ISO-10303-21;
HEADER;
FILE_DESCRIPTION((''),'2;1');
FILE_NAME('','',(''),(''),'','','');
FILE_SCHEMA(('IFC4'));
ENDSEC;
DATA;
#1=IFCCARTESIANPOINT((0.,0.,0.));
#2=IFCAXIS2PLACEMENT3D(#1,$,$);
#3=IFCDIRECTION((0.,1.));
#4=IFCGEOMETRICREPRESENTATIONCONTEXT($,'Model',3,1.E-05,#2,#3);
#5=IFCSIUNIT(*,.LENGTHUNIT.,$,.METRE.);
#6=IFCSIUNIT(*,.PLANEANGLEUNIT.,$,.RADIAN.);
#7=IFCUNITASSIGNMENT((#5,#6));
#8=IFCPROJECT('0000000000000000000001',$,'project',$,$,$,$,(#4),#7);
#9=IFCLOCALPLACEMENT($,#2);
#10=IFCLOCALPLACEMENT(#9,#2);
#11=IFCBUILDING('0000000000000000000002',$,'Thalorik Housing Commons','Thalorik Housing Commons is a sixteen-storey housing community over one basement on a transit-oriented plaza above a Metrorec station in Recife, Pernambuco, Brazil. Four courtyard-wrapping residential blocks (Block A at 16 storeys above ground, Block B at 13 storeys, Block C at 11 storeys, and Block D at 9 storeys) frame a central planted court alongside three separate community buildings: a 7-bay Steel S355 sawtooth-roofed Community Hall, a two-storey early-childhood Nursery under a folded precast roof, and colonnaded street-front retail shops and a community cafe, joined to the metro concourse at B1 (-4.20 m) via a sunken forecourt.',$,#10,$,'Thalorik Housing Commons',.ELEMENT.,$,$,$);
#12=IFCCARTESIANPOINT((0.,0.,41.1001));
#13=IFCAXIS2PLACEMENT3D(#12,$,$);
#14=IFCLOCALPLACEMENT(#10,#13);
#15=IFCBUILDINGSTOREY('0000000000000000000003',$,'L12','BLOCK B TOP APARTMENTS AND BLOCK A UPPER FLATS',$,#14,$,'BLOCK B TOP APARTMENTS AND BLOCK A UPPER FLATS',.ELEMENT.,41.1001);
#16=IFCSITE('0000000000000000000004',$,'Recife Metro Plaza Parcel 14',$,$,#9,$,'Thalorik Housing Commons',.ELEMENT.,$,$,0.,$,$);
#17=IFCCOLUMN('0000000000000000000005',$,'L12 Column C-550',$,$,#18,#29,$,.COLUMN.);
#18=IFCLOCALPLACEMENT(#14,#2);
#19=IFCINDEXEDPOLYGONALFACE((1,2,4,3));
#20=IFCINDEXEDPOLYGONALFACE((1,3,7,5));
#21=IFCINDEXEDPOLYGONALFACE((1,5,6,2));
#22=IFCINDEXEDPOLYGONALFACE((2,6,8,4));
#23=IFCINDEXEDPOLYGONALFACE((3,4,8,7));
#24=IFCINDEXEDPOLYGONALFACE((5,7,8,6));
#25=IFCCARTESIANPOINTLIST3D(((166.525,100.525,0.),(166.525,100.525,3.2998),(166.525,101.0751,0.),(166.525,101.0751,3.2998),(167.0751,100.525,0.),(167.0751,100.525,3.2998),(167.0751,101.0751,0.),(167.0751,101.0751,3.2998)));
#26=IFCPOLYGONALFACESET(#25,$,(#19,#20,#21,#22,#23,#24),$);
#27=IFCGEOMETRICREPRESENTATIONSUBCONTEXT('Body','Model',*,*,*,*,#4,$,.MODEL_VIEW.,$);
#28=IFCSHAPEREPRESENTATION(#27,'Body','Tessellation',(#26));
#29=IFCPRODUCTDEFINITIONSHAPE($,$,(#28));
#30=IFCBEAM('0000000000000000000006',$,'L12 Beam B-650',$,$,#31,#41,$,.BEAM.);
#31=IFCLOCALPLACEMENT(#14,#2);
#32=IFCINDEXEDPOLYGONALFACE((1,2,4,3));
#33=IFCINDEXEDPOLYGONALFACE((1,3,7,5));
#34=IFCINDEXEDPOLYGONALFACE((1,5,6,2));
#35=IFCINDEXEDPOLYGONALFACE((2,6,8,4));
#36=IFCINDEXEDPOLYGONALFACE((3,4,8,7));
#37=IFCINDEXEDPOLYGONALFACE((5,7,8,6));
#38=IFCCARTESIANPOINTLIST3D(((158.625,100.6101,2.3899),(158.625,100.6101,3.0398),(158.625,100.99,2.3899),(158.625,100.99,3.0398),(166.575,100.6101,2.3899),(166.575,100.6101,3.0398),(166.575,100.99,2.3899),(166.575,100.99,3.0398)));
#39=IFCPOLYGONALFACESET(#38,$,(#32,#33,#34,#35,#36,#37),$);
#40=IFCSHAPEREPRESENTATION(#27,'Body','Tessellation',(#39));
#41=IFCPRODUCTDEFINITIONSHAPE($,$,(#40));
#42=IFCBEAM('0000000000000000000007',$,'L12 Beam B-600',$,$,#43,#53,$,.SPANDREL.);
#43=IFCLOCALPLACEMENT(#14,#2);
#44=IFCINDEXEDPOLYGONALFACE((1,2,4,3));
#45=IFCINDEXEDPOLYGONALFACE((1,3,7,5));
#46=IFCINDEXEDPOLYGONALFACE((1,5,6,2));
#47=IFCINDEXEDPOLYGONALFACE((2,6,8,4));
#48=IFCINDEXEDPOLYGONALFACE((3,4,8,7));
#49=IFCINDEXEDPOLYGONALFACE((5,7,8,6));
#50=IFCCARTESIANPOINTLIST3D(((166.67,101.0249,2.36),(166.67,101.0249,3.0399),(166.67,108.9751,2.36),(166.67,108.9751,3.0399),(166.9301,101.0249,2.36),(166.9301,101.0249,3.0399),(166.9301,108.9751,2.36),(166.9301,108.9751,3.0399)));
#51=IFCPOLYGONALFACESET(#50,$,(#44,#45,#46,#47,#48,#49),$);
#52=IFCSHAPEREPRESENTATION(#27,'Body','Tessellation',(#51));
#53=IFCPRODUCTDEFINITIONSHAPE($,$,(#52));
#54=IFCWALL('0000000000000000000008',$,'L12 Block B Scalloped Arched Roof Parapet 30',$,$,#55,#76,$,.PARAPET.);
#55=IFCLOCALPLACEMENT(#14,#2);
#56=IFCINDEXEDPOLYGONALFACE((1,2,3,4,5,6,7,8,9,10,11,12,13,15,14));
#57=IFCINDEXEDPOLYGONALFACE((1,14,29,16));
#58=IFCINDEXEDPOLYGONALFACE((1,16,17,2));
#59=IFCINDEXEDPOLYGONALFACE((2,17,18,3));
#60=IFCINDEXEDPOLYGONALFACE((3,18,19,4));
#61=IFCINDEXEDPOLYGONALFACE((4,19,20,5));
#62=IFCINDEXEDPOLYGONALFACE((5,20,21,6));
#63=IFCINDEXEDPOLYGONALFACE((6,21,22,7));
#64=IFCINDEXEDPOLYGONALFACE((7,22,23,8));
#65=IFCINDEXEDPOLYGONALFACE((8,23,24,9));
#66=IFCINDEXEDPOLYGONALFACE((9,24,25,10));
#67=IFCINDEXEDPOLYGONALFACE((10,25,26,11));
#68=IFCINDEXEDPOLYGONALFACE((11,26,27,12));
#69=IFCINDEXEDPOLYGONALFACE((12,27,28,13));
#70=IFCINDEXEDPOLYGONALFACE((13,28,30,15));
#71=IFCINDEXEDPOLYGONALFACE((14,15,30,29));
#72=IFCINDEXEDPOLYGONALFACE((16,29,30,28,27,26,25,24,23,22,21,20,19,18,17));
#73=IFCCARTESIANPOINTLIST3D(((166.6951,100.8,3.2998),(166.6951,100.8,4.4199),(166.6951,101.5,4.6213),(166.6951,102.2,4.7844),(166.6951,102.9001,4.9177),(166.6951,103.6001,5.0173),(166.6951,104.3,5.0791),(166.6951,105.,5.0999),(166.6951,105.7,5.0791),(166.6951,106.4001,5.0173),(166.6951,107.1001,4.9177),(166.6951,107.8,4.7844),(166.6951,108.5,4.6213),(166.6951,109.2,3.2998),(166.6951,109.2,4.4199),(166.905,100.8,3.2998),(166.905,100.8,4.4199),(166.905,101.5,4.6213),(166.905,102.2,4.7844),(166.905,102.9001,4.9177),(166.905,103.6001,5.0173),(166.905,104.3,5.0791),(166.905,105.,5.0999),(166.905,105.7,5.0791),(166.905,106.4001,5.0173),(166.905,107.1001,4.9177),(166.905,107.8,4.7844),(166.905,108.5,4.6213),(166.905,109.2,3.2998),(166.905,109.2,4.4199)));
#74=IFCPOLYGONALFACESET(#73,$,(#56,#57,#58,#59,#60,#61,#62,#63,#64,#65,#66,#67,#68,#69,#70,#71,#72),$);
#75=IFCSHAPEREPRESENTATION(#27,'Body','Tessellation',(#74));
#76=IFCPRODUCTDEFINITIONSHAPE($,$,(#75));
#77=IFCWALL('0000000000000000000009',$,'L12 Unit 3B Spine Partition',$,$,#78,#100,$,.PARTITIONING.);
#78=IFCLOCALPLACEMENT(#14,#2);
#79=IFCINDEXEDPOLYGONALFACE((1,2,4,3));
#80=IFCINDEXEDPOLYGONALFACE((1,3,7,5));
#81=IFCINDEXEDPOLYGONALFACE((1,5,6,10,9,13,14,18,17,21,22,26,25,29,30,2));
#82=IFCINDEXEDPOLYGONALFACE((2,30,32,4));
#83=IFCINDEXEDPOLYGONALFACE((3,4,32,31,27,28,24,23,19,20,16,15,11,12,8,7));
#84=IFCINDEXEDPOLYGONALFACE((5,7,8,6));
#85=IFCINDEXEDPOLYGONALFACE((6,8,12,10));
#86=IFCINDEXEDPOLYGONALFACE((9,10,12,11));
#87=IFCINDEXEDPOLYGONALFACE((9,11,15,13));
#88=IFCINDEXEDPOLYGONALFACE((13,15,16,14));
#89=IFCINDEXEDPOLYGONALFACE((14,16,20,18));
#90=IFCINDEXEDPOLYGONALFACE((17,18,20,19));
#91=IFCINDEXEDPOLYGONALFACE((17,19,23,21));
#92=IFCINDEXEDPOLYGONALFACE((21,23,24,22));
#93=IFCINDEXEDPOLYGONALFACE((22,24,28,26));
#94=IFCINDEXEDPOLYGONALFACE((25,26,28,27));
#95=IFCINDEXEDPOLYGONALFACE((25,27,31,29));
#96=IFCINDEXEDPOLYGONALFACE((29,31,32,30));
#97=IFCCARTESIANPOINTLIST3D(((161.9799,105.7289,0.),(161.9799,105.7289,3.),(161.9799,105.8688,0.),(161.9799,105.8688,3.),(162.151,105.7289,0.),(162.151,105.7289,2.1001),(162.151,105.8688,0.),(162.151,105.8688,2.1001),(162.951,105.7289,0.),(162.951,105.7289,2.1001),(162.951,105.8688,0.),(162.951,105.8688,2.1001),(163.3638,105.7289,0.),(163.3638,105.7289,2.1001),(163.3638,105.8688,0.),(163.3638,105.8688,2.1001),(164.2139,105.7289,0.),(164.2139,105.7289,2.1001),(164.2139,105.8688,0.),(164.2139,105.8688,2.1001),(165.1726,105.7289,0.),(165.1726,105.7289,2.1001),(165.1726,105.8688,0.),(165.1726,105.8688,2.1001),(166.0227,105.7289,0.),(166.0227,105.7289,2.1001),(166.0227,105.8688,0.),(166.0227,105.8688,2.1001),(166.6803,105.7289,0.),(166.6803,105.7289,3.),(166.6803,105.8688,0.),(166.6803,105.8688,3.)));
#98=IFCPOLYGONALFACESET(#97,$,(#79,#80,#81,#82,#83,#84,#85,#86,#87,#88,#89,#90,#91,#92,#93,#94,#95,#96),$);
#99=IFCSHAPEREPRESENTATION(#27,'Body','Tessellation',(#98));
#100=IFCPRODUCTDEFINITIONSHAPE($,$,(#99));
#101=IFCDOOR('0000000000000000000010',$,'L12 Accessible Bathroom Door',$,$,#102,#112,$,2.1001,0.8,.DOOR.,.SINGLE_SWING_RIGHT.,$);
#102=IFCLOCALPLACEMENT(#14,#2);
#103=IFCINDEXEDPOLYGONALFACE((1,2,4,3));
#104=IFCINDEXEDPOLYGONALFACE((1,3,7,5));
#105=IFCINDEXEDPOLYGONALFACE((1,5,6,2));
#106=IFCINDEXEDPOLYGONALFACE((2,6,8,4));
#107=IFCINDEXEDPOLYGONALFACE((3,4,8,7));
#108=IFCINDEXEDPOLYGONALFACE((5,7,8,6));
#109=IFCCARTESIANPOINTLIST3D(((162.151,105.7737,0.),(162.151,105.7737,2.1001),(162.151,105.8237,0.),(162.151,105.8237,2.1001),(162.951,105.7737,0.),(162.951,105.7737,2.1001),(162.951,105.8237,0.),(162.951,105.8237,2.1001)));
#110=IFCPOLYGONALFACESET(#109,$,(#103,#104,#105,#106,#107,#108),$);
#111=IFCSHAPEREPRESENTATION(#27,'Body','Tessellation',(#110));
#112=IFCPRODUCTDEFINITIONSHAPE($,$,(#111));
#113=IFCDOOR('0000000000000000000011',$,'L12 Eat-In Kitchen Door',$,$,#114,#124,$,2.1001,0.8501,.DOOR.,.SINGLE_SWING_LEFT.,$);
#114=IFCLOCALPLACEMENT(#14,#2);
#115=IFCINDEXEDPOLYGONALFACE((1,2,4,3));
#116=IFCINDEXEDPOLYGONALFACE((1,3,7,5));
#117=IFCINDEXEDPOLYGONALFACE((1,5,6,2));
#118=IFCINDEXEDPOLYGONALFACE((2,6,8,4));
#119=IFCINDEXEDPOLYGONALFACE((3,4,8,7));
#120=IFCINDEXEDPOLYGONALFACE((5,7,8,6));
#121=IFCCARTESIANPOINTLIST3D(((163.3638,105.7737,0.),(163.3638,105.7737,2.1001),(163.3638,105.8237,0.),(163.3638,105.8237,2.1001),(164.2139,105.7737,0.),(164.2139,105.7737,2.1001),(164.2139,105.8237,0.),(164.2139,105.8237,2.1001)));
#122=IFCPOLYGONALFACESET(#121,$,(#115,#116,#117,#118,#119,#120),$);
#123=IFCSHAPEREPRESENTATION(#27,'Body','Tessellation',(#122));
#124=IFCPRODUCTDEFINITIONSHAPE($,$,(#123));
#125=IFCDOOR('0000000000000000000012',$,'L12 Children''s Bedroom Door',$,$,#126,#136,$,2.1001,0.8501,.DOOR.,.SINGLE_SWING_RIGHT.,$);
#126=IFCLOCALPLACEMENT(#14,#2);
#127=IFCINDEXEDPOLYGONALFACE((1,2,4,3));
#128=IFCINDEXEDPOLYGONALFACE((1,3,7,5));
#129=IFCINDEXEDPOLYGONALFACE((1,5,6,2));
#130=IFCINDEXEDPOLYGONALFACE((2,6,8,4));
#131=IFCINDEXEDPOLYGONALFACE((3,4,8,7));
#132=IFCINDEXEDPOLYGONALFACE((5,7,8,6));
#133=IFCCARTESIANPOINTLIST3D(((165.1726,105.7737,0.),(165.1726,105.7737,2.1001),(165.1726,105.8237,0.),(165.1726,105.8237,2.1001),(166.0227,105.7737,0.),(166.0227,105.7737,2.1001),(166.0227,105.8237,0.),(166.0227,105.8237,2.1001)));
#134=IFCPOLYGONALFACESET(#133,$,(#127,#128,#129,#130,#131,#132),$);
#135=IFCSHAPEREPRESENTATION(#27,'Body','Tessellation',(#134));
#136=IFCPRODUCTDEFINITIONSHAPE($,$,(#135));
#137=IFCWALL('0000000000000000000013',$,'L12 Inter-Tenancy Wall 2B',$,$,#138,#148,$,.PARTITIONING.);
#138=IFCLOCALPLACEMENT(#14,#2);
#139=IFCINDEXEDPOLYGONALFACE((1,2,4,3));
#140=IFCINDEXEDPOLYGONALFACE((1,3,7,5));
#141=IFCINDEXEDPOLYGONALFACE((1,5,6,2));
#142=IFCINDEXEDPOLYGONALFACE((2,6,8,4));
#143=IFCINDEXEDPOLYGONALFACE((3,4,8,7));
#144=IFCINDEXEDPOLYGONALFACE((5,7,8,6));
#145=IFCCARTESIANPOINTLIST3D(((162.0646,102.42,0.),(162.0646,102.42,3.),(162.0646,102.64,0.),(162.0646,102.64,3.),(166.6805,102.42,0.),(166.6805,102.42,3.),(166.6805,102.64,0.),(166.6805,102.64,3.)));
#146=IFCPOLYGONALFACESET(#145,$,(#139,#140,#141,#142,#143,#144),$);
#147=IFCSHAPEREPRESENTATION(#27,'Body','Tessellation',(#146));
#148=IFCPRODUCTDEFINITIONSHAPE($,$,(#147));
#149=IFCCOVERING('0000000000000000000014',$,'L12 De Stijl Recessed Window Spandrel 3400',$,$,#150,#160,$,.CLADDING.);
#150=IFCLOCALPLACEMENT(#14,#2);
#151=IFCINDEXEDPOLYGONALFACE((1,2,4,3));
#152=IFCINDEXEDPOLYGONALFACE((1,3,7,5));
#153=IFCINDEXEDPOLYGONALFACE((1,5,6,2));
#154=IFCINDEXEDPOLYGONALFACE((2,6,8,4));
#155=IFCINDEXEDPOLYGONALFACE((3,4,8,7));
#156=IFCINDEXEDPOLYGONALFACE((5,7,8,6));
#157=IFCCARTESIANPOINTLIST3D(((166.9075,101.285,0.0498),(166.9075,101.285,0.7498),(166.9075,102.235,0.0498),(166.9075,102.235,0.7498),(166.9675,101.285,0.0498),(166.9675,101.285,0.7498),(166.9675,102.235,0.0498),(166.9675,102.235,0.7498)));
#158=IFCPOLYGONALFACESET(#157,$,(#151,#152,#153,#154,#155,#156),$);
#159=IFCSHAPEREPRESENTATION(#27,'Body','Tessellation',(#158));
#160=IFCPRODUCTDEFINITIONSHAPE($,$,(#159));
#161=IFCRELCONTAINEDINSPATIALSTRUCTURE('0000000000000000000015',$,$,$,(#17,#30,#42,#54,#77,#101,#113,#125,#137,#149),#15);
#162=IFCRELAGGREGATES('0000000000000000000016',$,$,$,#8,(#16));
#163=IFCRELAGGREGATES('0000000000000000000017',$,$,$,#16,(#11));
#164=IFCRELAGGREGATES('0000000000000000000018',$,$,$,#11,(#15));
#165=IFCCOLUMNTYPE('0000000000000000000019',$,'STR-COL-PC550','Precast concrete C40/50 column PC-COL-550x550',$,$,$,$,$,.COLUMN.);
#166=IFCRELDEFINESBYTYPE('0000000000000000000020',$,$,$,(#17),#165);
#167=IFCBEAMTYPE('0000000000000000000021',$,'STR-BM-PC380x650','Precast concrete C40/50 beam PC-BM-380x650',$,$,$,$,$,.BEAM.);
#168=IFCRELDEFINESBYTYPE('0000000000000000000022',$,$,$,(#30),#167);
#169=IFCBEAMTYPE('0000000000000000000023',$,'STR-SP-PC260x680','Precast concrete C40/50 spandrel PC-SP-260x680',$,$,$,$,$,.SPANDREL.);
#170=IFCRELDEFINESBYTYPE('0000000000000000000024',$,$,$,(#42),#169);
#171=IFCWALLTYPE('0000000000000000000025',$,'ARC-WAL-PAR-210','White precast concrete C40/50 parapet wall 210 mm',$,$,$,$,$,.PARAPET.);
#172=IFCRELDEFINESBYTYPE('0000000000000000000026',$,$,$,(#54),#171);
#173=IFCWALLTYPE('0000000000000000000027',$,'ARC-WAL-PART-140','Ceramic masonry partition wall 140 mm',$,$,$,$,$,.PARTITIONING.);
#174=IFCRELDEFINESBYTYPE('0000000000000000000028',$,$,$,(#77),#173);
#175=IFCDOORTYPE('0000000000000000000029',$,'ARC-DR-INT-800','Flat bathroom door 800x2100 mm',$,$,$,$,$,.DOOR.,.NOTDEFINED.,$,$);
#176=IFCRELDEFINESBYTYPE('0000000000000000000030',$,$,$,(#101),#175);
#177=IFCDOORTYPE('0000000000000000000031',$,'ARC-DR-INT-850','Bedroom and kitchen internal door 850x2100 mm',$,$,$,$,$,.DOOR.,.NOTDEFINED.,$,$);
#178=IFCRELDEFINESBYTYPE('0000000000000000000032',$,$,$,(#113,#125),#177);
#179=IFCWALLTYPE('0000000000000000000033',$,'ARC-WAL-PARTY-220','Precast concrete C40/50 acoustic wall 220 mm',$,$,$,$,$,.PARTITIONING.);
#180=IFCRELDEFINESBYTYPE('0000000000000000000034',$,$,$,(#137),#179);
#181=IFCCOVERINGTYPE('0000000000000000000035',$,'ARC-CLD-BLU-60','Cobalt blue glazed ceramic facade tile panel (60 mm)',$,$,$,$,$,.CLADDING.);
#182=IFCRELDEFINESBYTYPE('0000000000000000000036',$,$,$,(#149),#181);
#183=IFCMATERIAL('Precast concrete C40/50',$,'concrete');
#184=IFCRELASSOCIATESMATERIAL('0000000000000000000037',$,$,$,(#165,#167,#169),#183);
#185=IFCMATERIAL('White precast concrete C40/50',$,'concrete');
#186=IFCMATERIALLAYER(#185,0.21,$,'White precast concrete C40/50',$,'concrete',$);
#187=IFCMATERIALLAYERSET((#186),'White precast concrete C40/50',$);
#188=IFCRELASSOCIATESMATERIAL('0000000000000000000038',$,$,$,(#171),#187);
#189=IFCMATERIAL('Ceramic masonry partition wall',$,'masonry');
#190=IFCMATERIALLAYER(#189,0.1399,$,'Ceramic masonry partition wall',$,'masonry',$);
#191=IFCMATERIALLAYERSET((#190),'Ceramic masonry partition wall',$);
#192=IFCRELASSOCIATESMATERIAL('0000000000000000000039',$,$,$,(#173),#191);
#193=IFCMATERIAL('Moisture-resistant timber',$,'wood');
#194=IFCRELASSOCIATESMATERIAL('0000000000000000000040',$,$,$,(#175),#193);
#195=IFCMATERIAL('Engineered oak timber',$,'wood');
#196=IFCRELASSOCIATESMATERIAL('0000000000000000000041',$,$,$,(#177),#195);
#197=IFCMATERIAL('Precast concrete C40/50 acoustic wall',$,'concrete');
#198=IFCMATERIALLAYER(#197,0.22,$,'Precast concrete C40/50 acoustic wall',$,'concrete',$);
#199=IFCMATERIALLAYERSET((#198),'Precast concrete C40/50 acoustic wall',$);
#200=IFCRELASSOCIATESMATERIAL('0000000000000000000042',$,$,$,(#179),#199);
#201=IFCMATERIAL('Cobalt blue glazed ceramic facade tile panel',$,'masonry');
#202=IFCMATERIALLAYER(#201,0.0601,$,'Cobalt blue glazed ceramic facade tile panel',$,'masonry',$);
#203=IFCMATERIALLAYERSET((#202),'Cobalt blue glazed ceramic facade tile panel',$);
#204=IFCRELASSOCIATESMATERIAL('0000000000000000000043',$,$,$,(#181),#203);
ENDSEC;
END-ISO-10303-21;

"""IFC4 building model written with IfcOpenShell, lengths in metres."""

from ifc_helpers import new_model, si_unit, direction, frame, frame_2d, origin, origin_2d, place, context, subcontext, project, spatial, polyline, rectangle, outline, extrude, material, layer, layer_set, material_profile, profile_set, type_object, element, fill, save


model = new_model("IFC4")

# Units and contexts
model_context = context("Model", 3, precision=1e-05, world=origin(), true_north=direction((0.0, 1.0)))
body_context = subcontext(model_context, "Body", "Model", "MODEL_VIEW")
ifc_project = project(units=[si_unit("LENGTHUNIT", "METRE"), si_unit("PLANEANGLEUNIT", "RADIAN")], contexts=[model_context])

# Site, building, storey
site_placement = place(None, origin())
site = spatial("IfcSite", under=ifc_project, at=site_placement, Name="Recife Metro Plaza Parcel 14", LongName="Thalorik Housing Commons", CompositionType="ELEMENT", RefElevation=0.0)
building_placement = place(site_placement, origin())
building = spatial("IfcBuilding", under=site, at=building_placement, Name="Thalorik Housing Commons", Description="Thalorik Housing Commons is a sixteen-storey housing community over one basement on a transit-oriented plaza above a Metrorec station in Recife, Pernambuco, Brazil. Four courtyard-wrapping residential blocks (Block A at 16 storeys above ground, Block B at 13 storeys, Block C at 11 storeys, and Block D at 9 storeys) frame a central planted court alongside three separate community buildings: a 7-bay Steel S355 sawtooth-roofed Community Hall, a two-storey early-childhood Nursery under a folded precast roof, and colonnaded street-front retail shops and a community cafe, joined to the metro concourse at B1 (-4.20 m) via a sunken forecourt.", LongName="Thalorik Housing Commons", CompositionType="ELEMENT")
storey_placement = place(building_placement, frame((0.0, 0.0, 41.1001)))
storey = spatial("IfcBuildingStorey", under=building, at=storey_placement, Name="L12", Description="BLOCK B TOP APARTMENTS AND BLOCK A UPPER FLATS", LongName="BLOCK B TOP APARTMENTS AND BLOCK A UPPER FLATS", CompositionType="ELEMENT", Elevation=41.1001)

# Column
ifc_material_1 = material(Name="Precast concrete C40/50", Category="concrete")
ifc_material_profile_1 = material_profile(ifc_material_1, rectangle(XDim=0.55, YDim=0.55, at=origin_2d()), Name="PC 550x550", Category="concrete")
ifc_profile_set_1 = profile_set([ifc_material_profile_1], Name="Precast concrete C40/50")
column_type = type_object("IfcColumnType", Name="STR-COL-PC550", Description="Precast concrete C40/50 column PC-COL-550x550", PredefinedType="COLUMN", material=ifc_profile_set_1)
column_placement = place(storey_placement, frame((166.8, 100.8, 0.0), z_axis=(0.0, 0.0, 1.0), x_axis=(1.0, 0.0, 0.0)))
element("IfcColumn", 1, at=column_placement, inside=storey, type_object=column_type, Name="L12 Column C-550", PredefinedType="COLUMN", context=body_context, shape_type="SweptSolid", body=[
    extrude(rectangle(XDim=0.55, YDim=0.55, at=origin_2d()), origin(), (0.0, 0.0, 1.0), 3.2998),
])

# Beams
ifc_material_profile_2 = material_profile(ifc_material_1, rectangle(XDim=0.3799, YDim=0.6499, at=origin_2d()), Name="PC 380x650", Category="concrete")
ifc_profile_set_2 = profile_set([ifc_material_profile_2], Name="Precast concrete C40/50")
beam_type_1 = type_object("IfcBeamType", Name="STR-BM-PC380x650", Description="Precast concrete C40/50 beam PC-BM-380x650", PredefinedType="BEAM", material=ifc_profile_set_2)
beam_1_placement = place(storey_placement, frame((158.625, 100.8, 2.7148), z_axis=(1.0, 0.0, 0.0), x_axis=(0.0, 1.0, 0.0)))
element("IfcBeam", 2, at=beam_1_placement, inside=storey, type_object=beam_type_1, Name="L12 Beam B-650", PredefinedType="BEAM", context=body_context, shape_type="SweptSolid", body=[
    extrude(rectangle(XDim=0.3799, YDim=0.6499, at=origin_2d()), origin(), (0.0, 0.0, 1.0), 7.95),
])
ifc_material_profile_3 = material_profile(ifc_material_1, rectangle(XDim=0.26, YDim=0.6799, at=origin_2d()), Name="PC SP 260x680", Category="concrete")
ifc_profile_set_3 = profile_set([ifc_material_profile_3], Name="Precast concrete C40/50")
beam_type_2 = type_object("IfcBeamType", Name="STR-SP-PC260x680", Description="Precast concrete C40/50 spandrel PC-SP-260x680", PredefinedType="SPANDREL", material=ifc_profile_set_3)
beam_2_placement = place(storey_placement, frame((166.8, 101.0249, 2.7), z_axis=(0.0, 1.0, 0.0), x_axis=(-1.0, 0.0, 0.0)))
element("IfcBeam", 3, at=beam_2_placement, inside=storey, type_object=beam_type_2, Name="L12 Beam B-600", PredefinedType="SPANDREL", context=body_context, shape_type="SweptSolid", body=[
    extrude(rectangle(XDim=0.26, YDim=0.6799, at=origin_2d()), origin(), (0.0, 0.0, 1.0), 7.9502),
])

# Shared definitions
ifc_material_2 = material(Name="White precast concrete C40/50", Category="concrete")

# Wall
ifc_layer_1 = layer(ifc_material_2, 0.21, Name="White precast concrete C40/50", Category="concrete")
ifc_layer_set_1 = layer_set([ifc_layer_1], Name="White precast concrete C40/50")
wall_type_1 = type_object("IfcWallType", Name="ARC-WAL-PAR-210", Description="White precast concrete C40/50 parapet wall 210 mm", PredefinedType="PARAPET", material=ifc_layer_set_1)
wall_1_placement = place(storey_placement, frame((166.8, 100.8, 3.2998), z_axis=(0.0, 0.0, 1.0), x_axis=(0.0, 1.0, 0.0)))
element("IfcWall", 4, at=wall_1_placement, inside=storey, type_object=wall_type_1, Name="L12 Block B Scalloped Arched Roof Parapet 30", PredefinedType="PARAPET", context=body_context, shape_type="SweptSolid", body=[
    extrude(outline(polyline([(0.0, 0.0), (8.3999, 0.0), (8.3999, 1.1201), (7.7, 1.3215), (7.0, 1.4846), (6.3, 1.6179), (5.6001, 1.7175), (4.8999, 1.7793), (4.2, 1.8), (3.5, 1.7793), (2.8, 1.7175), (2.1001, 1.6179), (1.3999, 1.4846), (0.7, 1.3215), (0.0, 1.1201), (0.0, 0.0)])), frame((0.0, 0.105, 0.0), z_axis=(0.0, -1.0, 0.0), x_axis=(1.0, 0.0, 0.0)), (0.0, 0.0, 1.0), 0.21),
])

# Wall, openings, doors
ifc_material_3 = material(Name="Ceramic masonry partition wall", Category="masonry")
ifc_layer_2 = layer(ifc_material_3, 0.1399, Name="Ceramic masonry partition wall", Category="masonry")
ifc_layer_set_2 = layer_set([ifc_layer_2], Name="Ceramic masonry partition wall")
wall_type_2 = type_object("IfcWallType", Name="ARC-WAL-PART-140", Description="Ceramic masonry partition wall 140 mm", PredefinedType="PARTITIONING", material=ifc_layer_set_2)
wall_2_placement = place(storey_placement, frame((161.98, 105.7988, 0.0), z_axis=(0.0, 0.0, 1.0), x_axis=(1.0, 0.0, 0.0)))
wall_2 = element("IfcWall", 5, at=wall_2_placement, inside=storey, type_object=wall_type_2, Name="L12 Unit 3B Spine Partition", PredefinedType="PARTITIONING", context=body_context, shape_type="SweptSolid", body=[
    extrude(rectangle(XDim=4.7004, YDim=0.1399, at=frame_2d((2.3501, 0.0))), origin(), (0.0, 0.0, 1.0), 3.0),
])
opening_1_placement = place(wall_2_placement, frame((0.1711, 0.0, 0.0)))
opening_1 = element("IfcOpeningElement", 6, at=opening_1_placement, cuts=wall_2, PredefinedType="OPENING", context=body_context, shape_type="SweptSolid", body=[
    extrude(rectangle(XDim=0.8, YDim=2.1001, at=frame_2d((0.3999, 1.05))), frame((0.0, 0.0801, 0.0), z_axis=(0.0, -1.0, 0.0), x_axis=(1.0, 0.0, 0.0)), (0.0, 0.0, 1.0), 0.1599),
])
opening_2_placement = place(wall_2_placement, frame((1.3838, 0.0, 0.0)))
opening_2 = element("IfcOpeningElement", 7, at=opening_2_placement, cuts=wall_2, PredefinedType="OPENING", context=body_context, shape_type="SweptSolid", body=[
    extrude(rectangle(XDim=0.8501, YDim=2.1001, at=frame_2d((0.425, 1.05))), frame((0.0, 0.0801, 0.0), z_axis=(0.0, -1.0, 0.0), x_axis=(1.0, 0.0, 0.0)), (0.0, 0.0, 1.0), 0.1599),
])
opening_3_placement = place(wall_2_placement, frame((3.1926, 0.0, 0.0)))
opening_3 = element("IfcOpeningElement", 8, at=opening_3_placement, cuts=wall_2, PredefinedType="OPENING", context=body_context, shape_type="SweptSolid", body=[
    extrude(rectangle(XDim=0.8501, YDim=2.1001, at=frame_2d((0.425, 1.05))), frame((0.0, 0.0801, 0.0), z_axis=(0.0, -1.0, 0.0), x_axis=(1.0, 0.0, 0.0)), (0.0, 0.0, 1.0), 0.1599),
])
ifc_material_4 = material(Name="Moisture-resistant timber", Category="wood")
door_type_1 = type_object("IfcDoorType", Name="ARC-DR-INT-800", Description="Flat bathroom door 800x2100 mm", OperationType="NOTDEFINED", PredefinedType="DOOR", material=ifc_material_4)
door_1_placement = place(opening_1_placement, origin())
door_1 = element("IfcDoor", 9, at=door_1_placement, inside=storey, type_object=door_type_1, Name="L12 Accessible Bathroom Door", OperationType="SINGLE_SWING_RIGHT", OverallHeight=2.1001, OverallWidth=0.8, PredefinedType="DOOR", context=body_context, shape_type="SweptSolid", body=[
    extrude(rectangle(XDim=0.8, YDim=2.1001, at=frame_2d((0.3999, 1.05))), frame((0.0, 0.0249, 0.0), z_axis=(0.0, -1.0, 0.0), x_axis=(1.0, 0.0, 0.0)), (0.0, 0.0, 1.0), 0.05),
])
fill(opening_1, door_1)
ifc_material_5 = material(Name="Engineered oak timber", Category="wood")
door_type_2 = type_object("IfcDoorType", Name="ARC-DR-INT-850", Description="Bedroom and kitchen internal door 850x2100 mm", OperationType="NOTDEFINED", PredefinedType="DOOR", material=ifc_material_5)
door_2_placement = place(opening_2_placement, origin())
door_2 = element("IfcDoor", 10, at=door_2_placement, inside=storey, type_object=door_type_2, Name="L12 Eat-In Kitchen Door", OperationType="SINGLE_SWING_LEFT", OverallHeight=2.1001, OverallWidth=0.8501, PredefinedType="DOOR", context=body_context, shape_type="SweptSolid", body=[
    extrude(rectangle(XDim=0.8501, YDim=2.1001, at=frame_2d((0.425, 1.05))), frame((0.0, 0.0249, 0.0), z_axis=(0.0, -1.0, 0.0), x_axis=(1.0, 0.0, 0.0)), (0.0, 0.0, 1.0), 0.05),
])
fill(opening_2, door_2)
door_3_placement = place(opening_3_placement, origin())
door_3 = element("IfcDoor", 11, at=door_3_placement, inside=storey, type_object=door_type_2, Name="L12 Children's Bedroom Door", OperationType="SINGLE_SWING_RIGHT", OverallHeight=2.1001, OverallWidth=0.8501, PredefinedType="DOOR", context=body_context, shape_type="SweptSolid", body=[
    extrude(rectangle(XDim=0.8501, YDim=2.1001, at=frame_2d((0.425, 1.05))), frame((0.0, 0.0249, 0.0), z_axis=(0.0, -1.0, 0.0), x_axis=(1.0, 0.0, 0.0)), (0.0, 0.0, 1.0), 0.05),
])
fill(opening_3, door_3)

# Wall
ifc_material_6 = material(Name="Precast concrete C40/50 acoustic wall", Category="concrete")
ifc_layer_3 = layer(ifc_material_6, 0.22, Name="Precast concrete C40/50 acoustic wall", Category="concrete")
ifc_layer_set_3 = layer_set([ifc_layer_3], Name="Precast concrete C40/50 acoustic wall")
wall_type_3 = type_object("IfcWallType", Name="ARC-WAL-PARTY-220", Description="Precast concrete C40/50 acoustic wall 220 mm", PredefinedType="PARTITIONING", material=ifc_layer_set_3)
wall_3_placement = place(storey_placement, frame((162.0645, 102.53, 0.0), z_axis=(0.0, 0.0, 1.0), x_axis=(1.0, 0.0, 0.0)))
element("IfcWall", 12, at=wall_3_placement, inside=storey, type_object=wall_type_3, Name="L12 Inter-Tenancy Wall 2B", PredefinedType="PARTITIONING", context=body_context, shape_type="SweptSolid", body=[
    extrude(rectangle(XDim=4.616, YDim=0.22, at=frame_2d((2.3081, 0.0))), origin(), (0.0, 0.0, 1.0), 3.0),
])

# Covering
ifc_material_7 = material(Name="Cobalt blue glazed ceramic facade tile panel", Category="masonry")
ifc_layer_4 = layer(ifc_material_7, 0.0601, Name="Cobalt blue glazed ceramic facade tile panel", Category="masonry")
ifc_layer_set_4 = layer_set([ifc_layer_4], Name="Cobalt blue glazed ceramic facade tile panel")
covering_type_1 = type_object("IfcCoveringType", Name="ARC-CLD-BLU-60", Description="Cobalt blue glazed ceramic facade tile panel (60 mm)", PredefinedType="CLADDING", material=ifc_layer_set_4)
covering_1_placement = place(storey_placement, frame((166.9375, 101.76, 0.0498), z_axis=(0.0, 0.0, 1.0), x_axis=(0.0, 1.0, 0.0)))
element("IfcCovering", 13, at=covering_1_placement, inside=storey, type_object=covering_type_1, Name="L12 De Stijl Recessed Window Spandrel 3400", PredefinedType="CLADDING", context=body_context, shape_type="SweptSolid", body=[
    extrude(rectangle(XDim=0.95, YDim=0.0601, at=origin_2d()), origin(), (0.0, 0.0, 1.0), 0.7),
])

save(model, "model.ifc")
